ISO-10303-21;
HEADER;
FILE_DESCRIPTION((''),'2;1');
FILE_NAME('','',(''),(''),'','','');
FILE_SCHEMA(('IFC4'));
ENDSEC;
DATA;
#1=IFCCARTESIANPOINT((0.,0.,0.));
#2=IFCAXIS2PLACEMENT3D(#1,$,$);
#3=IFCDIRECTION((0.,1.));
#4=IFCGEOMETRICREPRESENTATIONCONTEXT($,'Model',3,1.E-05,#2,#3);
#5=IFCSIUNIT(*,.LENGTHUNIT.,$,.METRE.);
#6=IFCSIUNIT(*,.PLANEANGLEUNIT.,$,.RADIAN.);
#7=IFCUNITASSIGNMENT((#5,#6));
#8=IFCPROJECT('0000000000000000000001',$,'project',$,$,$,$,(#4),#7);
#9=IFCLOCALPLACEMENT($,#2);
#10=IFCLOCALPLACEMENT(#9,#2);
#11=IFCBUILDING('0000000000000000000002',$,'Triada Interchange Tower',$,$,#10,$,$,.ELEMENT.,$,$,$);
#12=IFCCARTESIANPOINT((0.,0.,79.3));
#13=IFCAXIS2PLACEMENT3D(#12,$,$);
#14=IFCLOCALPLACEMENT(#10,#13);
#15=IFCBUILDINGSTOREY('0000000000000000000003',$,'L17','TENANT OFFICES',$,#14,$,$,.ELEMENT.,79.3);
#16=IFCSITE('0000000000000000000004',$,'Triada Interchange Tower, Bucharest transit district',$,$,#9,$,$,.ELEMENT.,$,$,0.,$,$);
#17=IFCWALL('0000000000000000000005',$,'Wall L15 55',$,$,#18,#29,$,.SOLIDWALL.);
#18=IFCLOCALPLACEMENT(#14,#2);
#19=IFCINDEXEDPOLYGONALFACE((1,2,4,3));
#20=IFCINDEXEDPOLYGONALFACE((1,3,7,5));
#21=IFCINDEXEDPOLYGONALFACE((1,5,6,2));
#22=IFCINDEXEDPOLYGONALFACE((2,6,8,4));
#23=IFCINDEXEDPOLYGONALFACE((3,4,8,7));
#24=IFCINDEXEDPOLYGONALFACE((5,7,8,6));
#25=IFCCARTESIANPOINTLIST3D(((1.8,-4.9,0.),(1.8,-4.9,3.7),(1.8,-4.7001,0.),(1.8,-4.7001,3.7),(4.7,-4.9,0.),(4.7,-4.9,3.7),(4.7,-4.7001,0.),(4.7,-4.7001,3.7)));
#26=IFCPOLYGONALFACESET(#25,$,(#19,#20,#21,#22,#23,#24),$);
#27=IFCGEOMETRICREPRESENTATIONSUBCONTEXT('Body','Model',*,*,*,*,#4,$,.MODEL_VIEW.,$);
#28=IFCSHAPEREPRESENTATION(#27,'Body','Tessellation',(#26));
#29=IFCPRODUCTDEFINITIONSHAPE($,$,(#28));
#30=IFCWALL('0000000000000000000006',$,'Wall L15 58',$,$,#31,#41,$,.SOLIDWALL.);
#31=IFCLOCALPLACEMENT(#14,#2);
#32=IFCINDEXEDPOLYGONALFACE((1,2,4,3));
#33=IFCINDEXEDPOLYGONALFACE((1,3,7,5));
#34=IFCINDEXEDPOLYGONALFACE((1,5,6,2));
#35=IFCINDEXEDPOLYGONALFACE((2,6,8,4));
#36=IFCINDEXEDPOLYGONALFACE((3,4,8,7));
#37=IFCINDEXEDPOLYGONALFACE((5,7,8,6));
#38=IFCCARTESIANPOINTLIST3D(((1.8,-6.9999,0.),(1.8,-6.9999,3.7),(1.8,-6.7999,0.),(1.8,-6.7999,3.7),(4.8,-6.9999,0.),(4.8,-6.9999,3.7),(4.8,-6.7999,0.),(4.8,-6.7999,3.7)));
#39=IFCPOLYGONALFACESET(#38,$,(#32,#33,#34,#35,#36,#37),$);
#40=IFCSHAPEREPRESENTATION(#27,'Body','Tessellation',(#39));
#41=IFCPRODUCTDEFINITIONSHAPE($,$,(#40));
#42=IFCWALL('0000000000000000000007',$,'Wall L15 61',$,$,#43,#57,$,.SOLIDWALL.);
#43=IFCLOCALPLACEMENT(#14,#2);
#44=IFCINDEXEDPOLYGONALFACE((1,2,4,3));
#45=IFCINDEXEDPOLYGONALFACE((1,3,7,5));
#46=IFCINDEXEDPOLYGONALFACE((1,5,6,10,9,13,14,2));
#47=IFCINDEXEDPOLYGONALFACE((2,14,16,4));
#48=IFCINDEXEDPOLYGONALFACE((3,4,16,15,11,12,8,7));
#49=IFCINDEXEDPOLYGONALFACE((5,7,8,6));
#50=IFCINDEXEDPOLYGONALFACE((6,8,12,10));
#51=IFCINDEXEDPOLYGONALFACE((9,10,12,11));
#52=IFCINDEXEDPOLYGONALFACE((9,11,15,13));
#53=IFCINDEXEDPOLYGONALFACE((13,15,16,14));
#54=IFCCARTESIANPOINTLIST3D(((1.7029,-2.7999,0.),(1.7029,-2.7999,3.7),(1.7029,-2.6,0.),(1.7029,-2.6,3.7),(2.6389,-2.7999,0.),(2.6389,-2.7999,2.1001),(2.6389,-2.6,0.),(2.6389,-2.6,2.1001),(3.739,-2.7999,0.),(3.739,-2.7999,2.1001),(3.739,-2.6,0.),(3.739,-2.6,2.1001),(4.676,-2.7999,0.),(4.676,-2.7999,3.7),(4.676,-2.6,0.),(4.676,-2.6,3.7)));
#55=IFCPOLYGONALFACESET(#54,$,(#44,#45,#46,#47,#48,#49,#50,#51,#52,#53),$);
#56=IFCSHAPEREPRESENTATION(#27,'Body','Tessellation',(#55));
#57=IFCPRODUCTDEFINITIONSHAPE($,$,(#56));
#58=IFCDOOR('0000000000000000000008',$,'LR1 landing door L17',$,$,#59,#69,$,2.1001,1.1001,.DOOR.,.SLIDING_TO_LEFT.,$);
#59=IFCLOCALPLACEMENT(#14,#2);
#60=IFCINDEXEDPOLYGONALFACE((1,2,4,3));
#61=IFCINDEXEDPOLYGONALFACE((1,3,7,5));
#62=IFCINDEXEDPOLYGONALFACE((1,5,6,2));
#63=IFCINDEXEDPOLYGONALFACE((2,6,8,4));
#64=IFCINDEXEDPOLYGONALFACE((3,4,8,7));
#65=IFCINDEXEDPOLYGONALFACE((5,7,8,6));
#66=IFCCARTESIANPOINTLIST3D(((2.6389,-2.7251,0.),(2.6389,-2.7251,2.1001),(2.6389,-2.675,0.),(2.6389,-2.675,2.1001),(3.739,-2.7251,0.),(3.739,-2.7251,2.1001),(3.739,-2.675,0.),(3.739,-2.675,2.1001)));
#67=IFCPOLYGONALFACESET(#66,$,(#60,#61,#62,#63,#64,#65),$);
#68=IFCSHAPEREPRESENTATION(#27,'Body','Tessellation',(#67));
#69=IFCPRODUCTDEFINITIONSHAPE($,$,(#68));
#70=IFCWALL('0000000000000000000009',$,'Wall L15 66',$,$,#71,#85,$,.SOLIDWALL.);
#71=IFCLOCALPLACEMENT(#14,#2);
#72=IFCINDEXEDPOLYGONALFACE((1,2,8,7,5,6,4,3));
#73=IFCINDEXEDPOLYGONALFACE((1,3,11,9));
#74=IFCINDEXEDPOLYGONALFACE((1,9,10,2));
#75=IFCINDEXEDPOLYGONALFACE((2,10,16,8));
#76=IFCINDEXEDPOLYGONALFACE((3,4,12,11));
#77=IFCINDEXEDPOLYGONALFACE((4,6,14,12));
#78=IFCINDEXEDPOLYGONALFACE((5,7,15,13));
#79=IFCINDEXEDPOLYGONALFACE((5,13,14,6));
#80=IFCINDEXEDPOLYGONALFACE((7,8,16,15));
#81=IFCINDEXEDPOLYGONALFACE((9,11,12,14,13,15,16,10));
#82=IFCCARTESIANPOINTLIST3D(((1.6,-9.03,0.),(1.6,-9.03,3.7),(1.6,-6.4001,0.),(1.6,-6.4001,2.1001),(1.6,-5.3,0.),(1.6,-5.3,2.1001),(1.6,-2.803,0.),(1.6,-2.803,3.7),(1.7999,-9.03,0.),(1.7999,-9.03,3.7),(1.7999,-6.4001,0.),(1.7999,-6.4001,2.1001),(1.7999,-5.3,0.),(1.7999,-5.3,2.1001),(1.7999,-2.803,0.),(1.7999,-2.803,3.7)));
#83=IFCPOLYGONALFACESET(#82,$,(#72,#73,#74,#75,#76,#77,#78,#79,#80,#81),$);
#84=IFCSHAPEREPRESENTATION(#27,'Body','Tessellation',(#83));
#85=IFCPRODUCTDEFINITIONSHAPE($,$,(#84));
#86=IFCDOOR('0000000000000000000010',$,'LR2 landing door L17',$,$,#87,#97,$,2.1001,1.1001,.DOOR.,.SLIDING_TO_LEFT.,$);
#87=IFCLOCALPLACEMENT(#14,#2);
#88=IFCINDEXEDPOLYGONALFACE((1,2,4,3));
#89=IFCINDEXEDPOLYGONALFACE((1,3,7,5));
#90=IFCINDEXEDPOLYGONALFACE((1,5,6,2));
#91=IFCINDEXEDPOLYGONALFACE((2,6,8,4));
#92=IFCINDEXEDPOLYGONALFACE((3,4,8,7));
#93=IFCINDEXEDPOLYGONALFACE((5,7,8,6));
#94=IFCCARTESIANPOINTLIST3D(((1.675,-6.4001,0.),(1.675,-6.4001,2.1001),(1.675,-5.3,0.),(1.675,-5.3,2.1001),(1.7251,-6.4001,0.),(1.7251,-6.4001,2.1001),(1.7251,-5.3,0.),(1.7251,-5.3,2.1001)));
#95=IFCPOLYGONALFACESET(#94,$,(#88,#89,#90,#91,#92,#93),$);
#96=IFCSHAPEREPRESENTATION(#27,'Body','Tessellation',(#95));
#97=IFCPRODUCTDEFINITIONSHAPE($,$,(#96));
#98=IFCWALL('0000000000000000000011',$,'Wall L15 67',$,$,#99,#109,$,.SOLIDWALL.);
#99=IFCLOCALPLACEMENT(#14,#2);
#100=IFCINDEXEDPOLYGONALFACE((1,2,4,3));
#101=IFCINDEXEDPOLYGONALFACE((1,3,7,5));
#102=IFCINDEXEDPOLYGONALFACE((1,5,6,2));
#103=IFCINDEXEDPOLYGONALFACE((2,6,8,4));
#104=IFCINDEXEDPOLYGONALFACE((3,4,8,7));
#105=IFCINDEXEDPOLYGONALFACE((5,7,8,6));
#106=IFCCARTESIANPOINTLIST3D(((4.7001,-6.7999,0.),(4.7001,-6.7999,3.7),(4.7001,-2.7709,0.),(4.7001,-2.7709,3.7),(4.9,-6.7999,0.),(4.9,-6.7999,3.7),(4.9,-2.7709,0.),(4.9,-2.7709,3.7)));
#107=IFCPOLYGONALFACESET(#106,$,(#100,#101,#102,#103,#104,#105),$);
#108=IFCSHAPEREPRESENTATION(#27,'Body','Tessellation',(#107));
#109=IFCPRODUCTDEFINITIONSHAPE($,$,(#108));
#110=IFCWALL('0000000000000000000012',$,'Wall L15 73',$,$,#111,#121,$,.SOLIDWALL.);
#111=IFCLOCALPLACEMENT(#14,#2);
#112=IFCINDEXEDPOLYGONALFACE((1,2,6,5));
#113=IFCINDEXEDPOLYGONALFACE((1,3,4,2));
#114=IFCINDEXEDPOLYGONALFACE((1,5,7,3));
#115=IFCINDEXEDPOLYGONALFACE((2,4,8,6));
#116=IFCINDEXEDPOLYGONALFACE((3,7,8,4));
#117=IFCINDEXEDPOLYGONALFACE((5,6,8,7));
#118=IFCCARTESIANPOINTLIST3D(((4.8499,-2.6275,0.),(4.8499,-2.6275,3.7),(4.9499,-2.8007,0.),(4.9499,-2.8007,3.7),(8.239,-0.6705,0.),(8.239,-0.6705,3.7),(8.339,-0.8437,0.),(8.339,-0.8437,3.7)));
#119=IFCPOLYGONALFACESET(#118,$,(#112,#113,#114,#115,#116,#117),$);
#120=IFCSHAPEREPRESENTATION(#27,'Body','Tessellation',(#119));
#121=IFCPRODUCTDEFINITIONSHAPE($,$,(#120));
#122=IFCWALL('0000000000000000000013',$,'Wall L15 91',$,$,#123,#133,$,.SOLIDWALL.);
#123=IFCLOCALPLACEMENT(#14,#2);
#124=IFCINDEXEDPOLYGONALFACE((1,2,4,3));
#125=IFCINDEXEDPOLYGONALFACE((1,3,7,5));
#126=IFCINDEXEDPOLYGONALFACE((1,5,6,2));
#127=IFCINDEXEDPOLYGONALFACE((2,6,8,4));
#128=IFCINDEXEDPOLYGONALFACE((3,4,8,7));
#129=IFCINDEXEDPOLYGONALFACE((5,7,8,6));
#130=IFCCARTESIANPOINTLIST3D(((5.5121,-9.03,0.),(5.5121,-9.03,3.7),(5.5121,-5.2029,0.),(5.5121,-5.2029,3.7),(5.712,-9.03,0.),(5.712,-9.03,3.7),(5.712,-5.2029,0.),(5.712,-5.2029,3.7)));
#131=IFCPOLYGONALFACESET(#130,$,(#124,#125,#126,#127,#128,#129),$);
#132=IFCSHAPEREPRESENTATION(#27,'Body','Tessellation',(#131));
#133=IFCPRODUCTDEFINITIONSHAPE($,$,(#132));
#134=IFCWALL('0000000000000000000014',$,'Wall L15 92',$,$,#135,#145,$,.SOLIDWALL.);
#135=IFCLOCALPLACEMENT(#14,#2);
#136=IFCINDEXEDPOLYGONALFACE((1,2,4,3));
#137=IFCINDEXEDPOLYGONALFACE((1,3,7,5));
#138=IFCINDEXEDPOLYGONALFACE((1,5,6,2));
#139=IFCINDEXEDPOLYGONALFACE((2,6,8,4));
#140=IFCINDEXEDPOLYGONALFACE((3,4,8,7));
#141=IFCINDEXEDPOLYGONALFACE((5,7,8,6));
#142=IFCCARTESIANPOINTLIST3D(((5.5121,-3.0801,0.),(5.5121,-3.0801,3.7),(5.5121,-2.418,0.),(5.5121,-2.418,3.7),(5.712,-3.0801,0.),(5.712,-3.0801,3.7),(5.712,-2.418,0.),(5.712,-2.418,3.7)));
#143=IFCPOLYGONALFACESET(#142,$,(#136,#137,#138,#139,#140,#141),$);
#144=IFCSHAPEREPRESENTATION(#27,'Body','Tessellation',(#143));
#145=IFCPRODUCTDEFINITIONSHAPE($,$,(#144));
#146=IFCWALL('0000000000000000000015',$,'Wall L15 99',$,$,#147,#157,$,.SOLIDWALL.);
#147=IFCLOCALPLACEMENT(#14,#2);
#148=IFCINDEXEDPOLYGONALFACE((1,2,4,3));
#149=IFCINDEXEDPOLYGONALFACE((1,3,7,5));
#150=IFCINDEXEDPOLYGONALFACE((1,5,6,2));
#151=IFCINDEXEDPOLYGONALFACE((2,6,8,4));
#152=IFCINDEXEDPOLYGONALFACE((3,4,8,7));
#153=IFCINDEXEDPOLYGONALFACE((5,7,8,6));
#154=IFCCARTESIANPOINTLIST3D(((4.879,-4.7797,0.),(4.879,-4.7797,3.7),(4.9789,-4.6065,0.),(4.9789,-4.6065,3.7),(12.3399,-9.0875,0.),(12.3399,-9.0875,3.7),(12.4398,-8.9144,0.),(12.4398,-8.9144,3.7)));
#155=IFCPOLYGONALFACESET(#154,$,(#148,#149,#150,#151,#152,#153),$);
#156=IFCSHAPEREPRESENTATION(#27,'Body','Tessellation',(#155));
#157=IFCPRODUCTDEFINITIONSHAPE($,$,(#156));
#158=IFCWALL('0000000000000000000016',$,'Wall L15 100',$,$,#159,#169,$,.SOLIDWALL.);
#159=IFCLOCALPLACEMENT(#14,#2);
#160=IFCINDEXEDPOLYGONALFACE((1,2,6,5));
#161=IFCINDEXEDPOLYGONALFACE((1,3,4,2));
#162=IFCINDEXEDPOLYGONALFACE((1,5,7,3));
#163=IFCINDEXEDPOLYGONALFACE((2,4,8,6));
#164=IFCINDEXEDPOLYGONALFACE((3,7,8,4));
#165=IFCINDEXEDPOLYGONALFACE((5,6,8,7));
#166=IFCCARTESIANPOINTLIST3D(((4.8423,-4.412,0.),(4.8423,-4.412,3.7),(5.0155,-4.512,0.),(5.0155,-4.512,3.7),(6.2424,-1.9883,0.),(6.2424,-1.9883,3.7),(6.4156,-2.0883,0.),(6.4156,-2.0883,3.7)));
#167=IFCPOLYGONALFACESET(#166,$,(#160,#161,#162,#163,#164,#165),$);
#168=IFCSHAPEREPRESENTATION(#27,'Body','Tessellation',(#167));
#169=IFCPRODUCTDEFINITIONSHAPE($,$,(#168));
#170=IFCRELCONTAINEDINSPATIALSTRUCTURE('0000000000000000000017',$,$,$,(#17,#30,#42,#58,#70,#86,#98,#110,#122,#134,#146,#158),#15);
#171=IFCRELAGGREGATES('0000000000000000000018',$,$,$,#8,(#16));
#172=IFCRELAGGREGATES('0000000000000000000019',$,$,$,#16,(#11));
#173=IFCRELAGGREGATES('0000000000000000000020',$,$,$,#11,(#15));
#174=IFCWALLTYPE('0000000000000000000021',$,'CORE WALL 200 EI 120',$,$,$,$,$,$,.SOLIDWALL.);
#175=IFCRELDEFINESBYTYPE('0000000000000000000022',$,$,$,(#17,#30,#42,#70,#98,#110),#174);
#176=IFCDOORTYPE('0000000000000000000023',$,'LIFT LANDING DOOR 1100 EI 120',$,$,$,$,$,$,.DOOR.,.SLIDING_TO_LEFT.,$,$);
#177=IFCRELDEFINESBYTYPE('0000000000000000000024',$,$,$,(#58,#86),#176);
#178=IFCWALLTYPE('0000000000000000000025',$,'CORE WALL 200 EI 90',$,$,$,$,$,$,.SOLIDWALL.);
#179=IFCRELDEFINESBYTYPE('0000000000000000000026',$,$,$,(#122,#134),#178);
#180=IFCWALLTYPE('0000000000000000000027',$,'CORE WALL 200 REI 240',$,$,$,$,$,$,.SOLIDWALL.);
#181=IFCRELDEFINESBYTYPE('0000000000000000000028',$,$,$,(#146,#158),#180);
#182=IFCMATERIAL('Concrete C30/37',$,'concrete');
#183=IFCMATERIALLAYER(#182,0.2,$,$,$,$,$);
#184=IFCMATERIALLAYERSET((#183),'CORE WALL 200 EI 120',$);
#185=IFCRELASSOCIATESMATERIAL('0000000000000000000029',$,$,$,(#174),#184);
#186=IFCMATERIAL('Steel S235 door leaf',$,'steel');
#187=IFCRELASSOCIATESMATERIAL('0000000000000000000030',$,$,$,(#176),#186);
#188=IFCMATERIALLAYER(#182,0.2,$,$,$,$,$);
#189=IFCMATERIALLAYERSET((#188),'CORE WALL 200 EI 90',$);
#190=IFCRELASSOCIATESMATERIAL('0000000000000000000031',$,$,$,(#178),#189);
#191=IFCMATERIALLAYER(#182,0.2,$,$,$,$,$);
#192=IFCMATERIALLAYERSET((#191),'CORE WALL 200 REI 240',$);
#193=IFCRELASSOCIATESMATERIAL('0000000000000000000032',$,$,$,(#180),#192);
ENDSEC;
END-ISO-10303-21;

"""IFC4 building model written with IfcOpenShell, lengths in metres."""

from ifc_helpers import new_model, si_unit, direction, frame, frame_2d, origin, place, context, subcontext, project, spatial, rectangle, extrude, material, layer, layer_set, type_object, element, fill, save


model = new_model("IFC4")

# Units and contexts
model_context = context("Model", 3, precision=1e-05, world=origin(), true_north=direction((0.0, 1.0)))
body_context = subcontext(model_context, "Body", "Model", "MODEL_VIEW")
ifc_project = project(units=[si_unit("LENGTHUNIT", "METRE"), si_unit("PLANEANGLEUNIT", "RADIAN")], contexts=[model_context])

# Site, building, storey
site_placement = place(None, origin())
site = spatial("IfcSite", under=ifc_project, at=site_placement, Name="Triada Interchange Tower, Bucharest transit district", CompositionType="ELEMENT", RefElevation=0.0)
building_placement = place(site_placement, origin())
building = spatial("IfcBuilding", under=site, at=building_placement, Name="Triada Interchange Tower", CompositionType="ELEMENT")
storey_placement = place(building_placement, frame((0.0, 0.0, 79.3)))
storey = spatial("IfcBuildingStorey", under=building, at=storey_placement, Name="L17", Description="TENANT OFFICES", CompositionType="ELEMENT", Elevation=79.3)

# Walls
ifc_material_1 = material(Name="Concrete C30/37", Category="concrete")
ifc_layer_1 = layer(ifc_material_1, 0.2)
ifc_layer_set_1 = layer_set([ifc_layer_1], Name="CORE WALL 200 EI 120")
wall_type_1 = type_object("IfcWallType", Name="CORE WALL 200 EI 120", PredefinedType="SOLIDWALL", material=ifc_layer_set_1)
wall_1_placement = place(storey_placement, frame((1.8, -4.8, 0.0), z_axis=(0.0, 0.0, 1.0), x_axis=(1.0, 0.0, 0.0)))
element("IfcWall", 1, at=wall_1_placement, inside=storey, type_object=wall_type_1, Name="Wall L15 55", PredefinedType="SOLIDWALL", context=body_context, shape_type="SweptSolid", body=[
    extrude(rectangle(XDim=2.8999, YDim=0.2, at=frame_2d((1.45, 0.0))), origin(), (0.0, 0.0, 1.0), 3.7),
])
wall_2_placement = place(storey_placement, frame((1.8, -6.8999, 0.0), z_axis=(0.0, 0.0, 1.0), x_axis=(1.0, 0.0, 0.0)))
element("IfcWall", 2, at=wall_2_placement, inside=storey, type_object=wall_type_1, Name="Wall L15 58", PredefinedType="SOLIDWALL", context=body_context, shape_type="SweptSolid", body=[
    extrude(rectangle(XDim=3.0, YDim=0.2, at=frame_2d((1.5, 0.0))), origin(), (0.0, 0.0, 1.0), 3.7),
])

# Walls, openings, doors
wall_3_placement = place(storey_placement, frame((1.7029, -2.7, 0.0), z_axis=(0.0, 0.0, 1.0), x_axis=(1.0, 0.0, 0.0)))
wall_3 = element("IfcWall", 3, at=wall_3_placement, inside=storey, type_object=wall_type_1, Name="Wall L15 61", PredefinedType="SOLIDWALL", context=body_context, shape_type="SweptSolid", body=[
    extrude(rectangle(XDim=2.9731, YDim=0.2, at=frame_2d((1.4866, 0.0))), origin(), (0.0, 0.0, 1.0), 3.7),
])
opening_1_placement = place(wall_3_placement, frame((0.936, 0.0, 0.0)))
opening_1 = element("IfcOpeningElement", 4, at=opening_1_placement, cuts=wall_3, PredefinedType="OPENING", context=body_context, shape_type="SweptSolid", body=[
    extrude(rectangle(XDim=1.1001, YDim=2.1001, at=frame_2d((0.55, 1.05))), frame((0.0, 0.1099, 0.0), z_axis=(0.0, -1.0, 0.0), x_axis=(1.0, 0.0, 0.0)), (0.0, 0.0, 1.0), 0.22),
])
ifc_material_2 = material(Name="Steel S235 door leaf", Category="steel")
door_type_1 = type_object("IfcDoorType", Name="LIFT LANDING DOOR 1100 EI 120", OperationType="SLIDING_TO_LEFT", PredefinedType="DOOR", material=ifc_material_2)
door_1_placement = place(opening_1_placement, origin())
door_1 = element("IfcDoor", 5, at=door_1_placement, inside=storey, type_object=door_type_1, Name="LR1 landing door L17", OperationType="SLIDING_TO_LEFT", OverallHeight=2.1001, OverallWidth=1.1001, PredefinedType="DOOR", context=body_context, shape_type="SweptSolid", body=[
    extrude(rectangle(XDim=1.1001, YDim=2.1001, at=frame_2d((0.55, 1.05))), frame((0.0, 0.0249, 0.0), z_axis=(0.0, -1.0, 0.0), x_axis=(1.0, 0.0, 0.0)), (0.0, 0.0, 1.0), 0.05),
])
fill(opening_1, door_1)
wall_4_placement = place(storey_placement, frame((1.7, -9.03, 0.0), z_axis=(0.0, 0.0, 1.0), x_axis=(0.0, 1.0, 0.0)))
wall_4 = element("IfcWall", 6, at=wall_4_placement, inside=storey, type_object=wall_type_1, Name="Wall L15 66", PredefinedType="SOLIDWALL", context=body_context, shape_type="SweptSolid", body=[
    extrude(rectangle(XDim=6.2271, YDim=0.2, at=frame_2d((3.1135, 0.0))), origin(), (0.0, 0.0, 1.0), 3.7),
])
opening_2_placement = place(wall_4_placement, frame((2.6299, 0.0, 0.0)))
opening_2 = element("IfcOpeningElement", 7, at=opening_2_placement, cuts=wall_4, PredefinedType="OPENING", context=body_context, shape_type="SweptSolid", body=[
    extrude(rectangle(XDim=1.1001, YDim=2.1001, at=frame_2d((0.55, 1.05))), frame((0.0, 0.1099, 0.0), z_axis=(0.0, -1.0, 0.0), x_axis=(1.0, 0.0, 0.0)), (0.0, 0.0, 1.0), 0.22),
])
door_2_placement = place(opening_2_placement, origin())
door_2 = element("IfcDoor", 8, at=door_2_placement, inside=storey, type_object=door_type_1, Name="LR2 landing door L17", OperationType="SLIDING_TO_LEFT", OverallHeight=2.1001, OverallWidth=1.1001, PredefinedType="DOOR", context=body_context, shape_type="SweptSolid", body=[
    extrude(rectangle(XDim=1.1001, YDim=2.1001, at=frame_2d((0.55, 1.05))), frame((0.0, 0.0249, 0.0), z_axis=(0.0, -1.0, 0.0), x_axis=(1.0, 0.0, 0.0)), (0.0, 0.0, 1.0), 0.05),
])
fill(opening_2, door_2)

# Walls
wall_5_placement = place(storey_placement, frame((4.8, -6.8, 0.0), z_axis=(0.0, 0.0, 1.0), x_axis=(0.0, 1.0, 0.0)))
element("IfcWall", 9, at=wall_5_placement, inside=storey, type_object=wall_type_1, Name="Wall L15 67", PredefinedType="SOLIDWALL", context=body_context, shape_type="SweptSolid", body=[
    extrude(rectangle(XDim=4.0291, YDim=0.2, at=frame_2d((2.0146, 0.0))), origin(), (0.0, 0.0, 1.0), 3.7),
])
wall_6_placement = place(storey_placement, frame((4.8999, -2.7141, 0.0), z_axis=(0.0, 0.0, 1.0), x_axis=(0.865992, 0.500057, 0.0)))
element("IfcWall", 10, at=wall_6_placement, inside=storey, type_object=wall_type_1, Name="Wall L15 73", PredefinedType="SOLIDWALL", context=body_context, shape_type="SweptSolid", body=[
    extrude(rectangle(XDim=3.9136, YDim=0.2, at=frame_2d((1.9568, 0.0))), origin(), (0.0, 0.0, 1.0), 3.7),
])
ifc_layer_2 = layer(ifc_material_1, 0.2)
ifc_layer_set_2 = layer_set([ifc_layer_2], Name="CORE WALL 200 EI 90")
wall_type_2 = type_object("IfcWallType", Name="CORE WALL 200 EI 90", PredefinedType="SOLIDWALL", material=ifc_layer_set_2)
wall_7_placement = place(storey_placement, frame((5.6121, -9.03, 0.0), z_axis=(0.0, 0.0, 1.0), x_axis=(0.0, 1.0, 0.0)))
element("IfcWall", 11, at=wall_7_placement, inside=storey, type_object=wall_type_2, Name="Wall L15 91", PredefinedType="SOLIDWALL", context=body_context, shape_type="SweptSolid", body=[
    extrude(rectangle(XDim=3.8271, YDim=0.2, at=frame_2d((1.9136, 0.0))), origin(), (0.0, 0.0, 1.0), 3.7),
])
wall_8_placement = place(storey_placement, frame((5.6121, -3.0801, 0.0), z_axis=(0.0, 0.0, 1.0), x_axis=(0.0, 1.0, 0.0)))
element("IfcWall", 12, at=wall_8_placement, inside=storey, type_object=wall_type_2, Name="Wall L15 92", PredefinedType="SOLIDWALL", context=body_context, shape_type="SweptSolid", body=[
    extrude(rectangle(XDim=0.6621, YDim=0.2, at=frame_2d((0.3311, 0.0))), origin(), (0.0, 0.0, 1.0), 3.7),
])
ifc_layer_3 = layer(ifc_material_1, 0.2)
ifc_layer_set_3 = layer_set([ifc_layer_3], Name="CORE WALL 200 REI 240")
wall_type_3 = type_object("IfcWallType", Name="CORE WALL 200 REI 240", PredefinedType="SOLIDWALL", material=ifc_layer_set_3)
wall_9_placement = place(storey_placement, frame((4.929, -4.6931, 0.0), z_axis=(0.0, 0.0, 1.0), x_axis=(0.866011, -0.500025, 0.0)))
element("IfcWall", 13, at=wall_9_placement, inside=storey, type_object=wall_type_3, Name="Wall L15 99", PredefinedType="SOLIDWALL", context=body_context, shape_type="SweptSolid", body=[
    extrude(rectangle(XDim=8.6152, YDim=0.2, at=frame_2d((4.3076, 0.0))), origin(), (0.0, 0.0, 1.0), 3.7),
])
wall_10_placement = place(storey_placement, frame((4.929, -4.4619, 0.0), z_axis=(0.0, 0.0, 1.0), x_axis=(0.500201, 0.86591, 0.0)))
element("IfcWall", 14, at=wall_10_placement, inside=storey, type_object=wall_type_3, Name="Wall L15 100", PredefinedType="SOLIDWALL", context=body_context, shape_type="SweptSolid", body=[
    extrude(rectangle(XDim=2.7991, YDim=0.2, at=frame_2d((1.3994, 0.0))), origin(), (0.0, 0.0, 1.0), 3.7),
])

save(model, "model.ifc")
